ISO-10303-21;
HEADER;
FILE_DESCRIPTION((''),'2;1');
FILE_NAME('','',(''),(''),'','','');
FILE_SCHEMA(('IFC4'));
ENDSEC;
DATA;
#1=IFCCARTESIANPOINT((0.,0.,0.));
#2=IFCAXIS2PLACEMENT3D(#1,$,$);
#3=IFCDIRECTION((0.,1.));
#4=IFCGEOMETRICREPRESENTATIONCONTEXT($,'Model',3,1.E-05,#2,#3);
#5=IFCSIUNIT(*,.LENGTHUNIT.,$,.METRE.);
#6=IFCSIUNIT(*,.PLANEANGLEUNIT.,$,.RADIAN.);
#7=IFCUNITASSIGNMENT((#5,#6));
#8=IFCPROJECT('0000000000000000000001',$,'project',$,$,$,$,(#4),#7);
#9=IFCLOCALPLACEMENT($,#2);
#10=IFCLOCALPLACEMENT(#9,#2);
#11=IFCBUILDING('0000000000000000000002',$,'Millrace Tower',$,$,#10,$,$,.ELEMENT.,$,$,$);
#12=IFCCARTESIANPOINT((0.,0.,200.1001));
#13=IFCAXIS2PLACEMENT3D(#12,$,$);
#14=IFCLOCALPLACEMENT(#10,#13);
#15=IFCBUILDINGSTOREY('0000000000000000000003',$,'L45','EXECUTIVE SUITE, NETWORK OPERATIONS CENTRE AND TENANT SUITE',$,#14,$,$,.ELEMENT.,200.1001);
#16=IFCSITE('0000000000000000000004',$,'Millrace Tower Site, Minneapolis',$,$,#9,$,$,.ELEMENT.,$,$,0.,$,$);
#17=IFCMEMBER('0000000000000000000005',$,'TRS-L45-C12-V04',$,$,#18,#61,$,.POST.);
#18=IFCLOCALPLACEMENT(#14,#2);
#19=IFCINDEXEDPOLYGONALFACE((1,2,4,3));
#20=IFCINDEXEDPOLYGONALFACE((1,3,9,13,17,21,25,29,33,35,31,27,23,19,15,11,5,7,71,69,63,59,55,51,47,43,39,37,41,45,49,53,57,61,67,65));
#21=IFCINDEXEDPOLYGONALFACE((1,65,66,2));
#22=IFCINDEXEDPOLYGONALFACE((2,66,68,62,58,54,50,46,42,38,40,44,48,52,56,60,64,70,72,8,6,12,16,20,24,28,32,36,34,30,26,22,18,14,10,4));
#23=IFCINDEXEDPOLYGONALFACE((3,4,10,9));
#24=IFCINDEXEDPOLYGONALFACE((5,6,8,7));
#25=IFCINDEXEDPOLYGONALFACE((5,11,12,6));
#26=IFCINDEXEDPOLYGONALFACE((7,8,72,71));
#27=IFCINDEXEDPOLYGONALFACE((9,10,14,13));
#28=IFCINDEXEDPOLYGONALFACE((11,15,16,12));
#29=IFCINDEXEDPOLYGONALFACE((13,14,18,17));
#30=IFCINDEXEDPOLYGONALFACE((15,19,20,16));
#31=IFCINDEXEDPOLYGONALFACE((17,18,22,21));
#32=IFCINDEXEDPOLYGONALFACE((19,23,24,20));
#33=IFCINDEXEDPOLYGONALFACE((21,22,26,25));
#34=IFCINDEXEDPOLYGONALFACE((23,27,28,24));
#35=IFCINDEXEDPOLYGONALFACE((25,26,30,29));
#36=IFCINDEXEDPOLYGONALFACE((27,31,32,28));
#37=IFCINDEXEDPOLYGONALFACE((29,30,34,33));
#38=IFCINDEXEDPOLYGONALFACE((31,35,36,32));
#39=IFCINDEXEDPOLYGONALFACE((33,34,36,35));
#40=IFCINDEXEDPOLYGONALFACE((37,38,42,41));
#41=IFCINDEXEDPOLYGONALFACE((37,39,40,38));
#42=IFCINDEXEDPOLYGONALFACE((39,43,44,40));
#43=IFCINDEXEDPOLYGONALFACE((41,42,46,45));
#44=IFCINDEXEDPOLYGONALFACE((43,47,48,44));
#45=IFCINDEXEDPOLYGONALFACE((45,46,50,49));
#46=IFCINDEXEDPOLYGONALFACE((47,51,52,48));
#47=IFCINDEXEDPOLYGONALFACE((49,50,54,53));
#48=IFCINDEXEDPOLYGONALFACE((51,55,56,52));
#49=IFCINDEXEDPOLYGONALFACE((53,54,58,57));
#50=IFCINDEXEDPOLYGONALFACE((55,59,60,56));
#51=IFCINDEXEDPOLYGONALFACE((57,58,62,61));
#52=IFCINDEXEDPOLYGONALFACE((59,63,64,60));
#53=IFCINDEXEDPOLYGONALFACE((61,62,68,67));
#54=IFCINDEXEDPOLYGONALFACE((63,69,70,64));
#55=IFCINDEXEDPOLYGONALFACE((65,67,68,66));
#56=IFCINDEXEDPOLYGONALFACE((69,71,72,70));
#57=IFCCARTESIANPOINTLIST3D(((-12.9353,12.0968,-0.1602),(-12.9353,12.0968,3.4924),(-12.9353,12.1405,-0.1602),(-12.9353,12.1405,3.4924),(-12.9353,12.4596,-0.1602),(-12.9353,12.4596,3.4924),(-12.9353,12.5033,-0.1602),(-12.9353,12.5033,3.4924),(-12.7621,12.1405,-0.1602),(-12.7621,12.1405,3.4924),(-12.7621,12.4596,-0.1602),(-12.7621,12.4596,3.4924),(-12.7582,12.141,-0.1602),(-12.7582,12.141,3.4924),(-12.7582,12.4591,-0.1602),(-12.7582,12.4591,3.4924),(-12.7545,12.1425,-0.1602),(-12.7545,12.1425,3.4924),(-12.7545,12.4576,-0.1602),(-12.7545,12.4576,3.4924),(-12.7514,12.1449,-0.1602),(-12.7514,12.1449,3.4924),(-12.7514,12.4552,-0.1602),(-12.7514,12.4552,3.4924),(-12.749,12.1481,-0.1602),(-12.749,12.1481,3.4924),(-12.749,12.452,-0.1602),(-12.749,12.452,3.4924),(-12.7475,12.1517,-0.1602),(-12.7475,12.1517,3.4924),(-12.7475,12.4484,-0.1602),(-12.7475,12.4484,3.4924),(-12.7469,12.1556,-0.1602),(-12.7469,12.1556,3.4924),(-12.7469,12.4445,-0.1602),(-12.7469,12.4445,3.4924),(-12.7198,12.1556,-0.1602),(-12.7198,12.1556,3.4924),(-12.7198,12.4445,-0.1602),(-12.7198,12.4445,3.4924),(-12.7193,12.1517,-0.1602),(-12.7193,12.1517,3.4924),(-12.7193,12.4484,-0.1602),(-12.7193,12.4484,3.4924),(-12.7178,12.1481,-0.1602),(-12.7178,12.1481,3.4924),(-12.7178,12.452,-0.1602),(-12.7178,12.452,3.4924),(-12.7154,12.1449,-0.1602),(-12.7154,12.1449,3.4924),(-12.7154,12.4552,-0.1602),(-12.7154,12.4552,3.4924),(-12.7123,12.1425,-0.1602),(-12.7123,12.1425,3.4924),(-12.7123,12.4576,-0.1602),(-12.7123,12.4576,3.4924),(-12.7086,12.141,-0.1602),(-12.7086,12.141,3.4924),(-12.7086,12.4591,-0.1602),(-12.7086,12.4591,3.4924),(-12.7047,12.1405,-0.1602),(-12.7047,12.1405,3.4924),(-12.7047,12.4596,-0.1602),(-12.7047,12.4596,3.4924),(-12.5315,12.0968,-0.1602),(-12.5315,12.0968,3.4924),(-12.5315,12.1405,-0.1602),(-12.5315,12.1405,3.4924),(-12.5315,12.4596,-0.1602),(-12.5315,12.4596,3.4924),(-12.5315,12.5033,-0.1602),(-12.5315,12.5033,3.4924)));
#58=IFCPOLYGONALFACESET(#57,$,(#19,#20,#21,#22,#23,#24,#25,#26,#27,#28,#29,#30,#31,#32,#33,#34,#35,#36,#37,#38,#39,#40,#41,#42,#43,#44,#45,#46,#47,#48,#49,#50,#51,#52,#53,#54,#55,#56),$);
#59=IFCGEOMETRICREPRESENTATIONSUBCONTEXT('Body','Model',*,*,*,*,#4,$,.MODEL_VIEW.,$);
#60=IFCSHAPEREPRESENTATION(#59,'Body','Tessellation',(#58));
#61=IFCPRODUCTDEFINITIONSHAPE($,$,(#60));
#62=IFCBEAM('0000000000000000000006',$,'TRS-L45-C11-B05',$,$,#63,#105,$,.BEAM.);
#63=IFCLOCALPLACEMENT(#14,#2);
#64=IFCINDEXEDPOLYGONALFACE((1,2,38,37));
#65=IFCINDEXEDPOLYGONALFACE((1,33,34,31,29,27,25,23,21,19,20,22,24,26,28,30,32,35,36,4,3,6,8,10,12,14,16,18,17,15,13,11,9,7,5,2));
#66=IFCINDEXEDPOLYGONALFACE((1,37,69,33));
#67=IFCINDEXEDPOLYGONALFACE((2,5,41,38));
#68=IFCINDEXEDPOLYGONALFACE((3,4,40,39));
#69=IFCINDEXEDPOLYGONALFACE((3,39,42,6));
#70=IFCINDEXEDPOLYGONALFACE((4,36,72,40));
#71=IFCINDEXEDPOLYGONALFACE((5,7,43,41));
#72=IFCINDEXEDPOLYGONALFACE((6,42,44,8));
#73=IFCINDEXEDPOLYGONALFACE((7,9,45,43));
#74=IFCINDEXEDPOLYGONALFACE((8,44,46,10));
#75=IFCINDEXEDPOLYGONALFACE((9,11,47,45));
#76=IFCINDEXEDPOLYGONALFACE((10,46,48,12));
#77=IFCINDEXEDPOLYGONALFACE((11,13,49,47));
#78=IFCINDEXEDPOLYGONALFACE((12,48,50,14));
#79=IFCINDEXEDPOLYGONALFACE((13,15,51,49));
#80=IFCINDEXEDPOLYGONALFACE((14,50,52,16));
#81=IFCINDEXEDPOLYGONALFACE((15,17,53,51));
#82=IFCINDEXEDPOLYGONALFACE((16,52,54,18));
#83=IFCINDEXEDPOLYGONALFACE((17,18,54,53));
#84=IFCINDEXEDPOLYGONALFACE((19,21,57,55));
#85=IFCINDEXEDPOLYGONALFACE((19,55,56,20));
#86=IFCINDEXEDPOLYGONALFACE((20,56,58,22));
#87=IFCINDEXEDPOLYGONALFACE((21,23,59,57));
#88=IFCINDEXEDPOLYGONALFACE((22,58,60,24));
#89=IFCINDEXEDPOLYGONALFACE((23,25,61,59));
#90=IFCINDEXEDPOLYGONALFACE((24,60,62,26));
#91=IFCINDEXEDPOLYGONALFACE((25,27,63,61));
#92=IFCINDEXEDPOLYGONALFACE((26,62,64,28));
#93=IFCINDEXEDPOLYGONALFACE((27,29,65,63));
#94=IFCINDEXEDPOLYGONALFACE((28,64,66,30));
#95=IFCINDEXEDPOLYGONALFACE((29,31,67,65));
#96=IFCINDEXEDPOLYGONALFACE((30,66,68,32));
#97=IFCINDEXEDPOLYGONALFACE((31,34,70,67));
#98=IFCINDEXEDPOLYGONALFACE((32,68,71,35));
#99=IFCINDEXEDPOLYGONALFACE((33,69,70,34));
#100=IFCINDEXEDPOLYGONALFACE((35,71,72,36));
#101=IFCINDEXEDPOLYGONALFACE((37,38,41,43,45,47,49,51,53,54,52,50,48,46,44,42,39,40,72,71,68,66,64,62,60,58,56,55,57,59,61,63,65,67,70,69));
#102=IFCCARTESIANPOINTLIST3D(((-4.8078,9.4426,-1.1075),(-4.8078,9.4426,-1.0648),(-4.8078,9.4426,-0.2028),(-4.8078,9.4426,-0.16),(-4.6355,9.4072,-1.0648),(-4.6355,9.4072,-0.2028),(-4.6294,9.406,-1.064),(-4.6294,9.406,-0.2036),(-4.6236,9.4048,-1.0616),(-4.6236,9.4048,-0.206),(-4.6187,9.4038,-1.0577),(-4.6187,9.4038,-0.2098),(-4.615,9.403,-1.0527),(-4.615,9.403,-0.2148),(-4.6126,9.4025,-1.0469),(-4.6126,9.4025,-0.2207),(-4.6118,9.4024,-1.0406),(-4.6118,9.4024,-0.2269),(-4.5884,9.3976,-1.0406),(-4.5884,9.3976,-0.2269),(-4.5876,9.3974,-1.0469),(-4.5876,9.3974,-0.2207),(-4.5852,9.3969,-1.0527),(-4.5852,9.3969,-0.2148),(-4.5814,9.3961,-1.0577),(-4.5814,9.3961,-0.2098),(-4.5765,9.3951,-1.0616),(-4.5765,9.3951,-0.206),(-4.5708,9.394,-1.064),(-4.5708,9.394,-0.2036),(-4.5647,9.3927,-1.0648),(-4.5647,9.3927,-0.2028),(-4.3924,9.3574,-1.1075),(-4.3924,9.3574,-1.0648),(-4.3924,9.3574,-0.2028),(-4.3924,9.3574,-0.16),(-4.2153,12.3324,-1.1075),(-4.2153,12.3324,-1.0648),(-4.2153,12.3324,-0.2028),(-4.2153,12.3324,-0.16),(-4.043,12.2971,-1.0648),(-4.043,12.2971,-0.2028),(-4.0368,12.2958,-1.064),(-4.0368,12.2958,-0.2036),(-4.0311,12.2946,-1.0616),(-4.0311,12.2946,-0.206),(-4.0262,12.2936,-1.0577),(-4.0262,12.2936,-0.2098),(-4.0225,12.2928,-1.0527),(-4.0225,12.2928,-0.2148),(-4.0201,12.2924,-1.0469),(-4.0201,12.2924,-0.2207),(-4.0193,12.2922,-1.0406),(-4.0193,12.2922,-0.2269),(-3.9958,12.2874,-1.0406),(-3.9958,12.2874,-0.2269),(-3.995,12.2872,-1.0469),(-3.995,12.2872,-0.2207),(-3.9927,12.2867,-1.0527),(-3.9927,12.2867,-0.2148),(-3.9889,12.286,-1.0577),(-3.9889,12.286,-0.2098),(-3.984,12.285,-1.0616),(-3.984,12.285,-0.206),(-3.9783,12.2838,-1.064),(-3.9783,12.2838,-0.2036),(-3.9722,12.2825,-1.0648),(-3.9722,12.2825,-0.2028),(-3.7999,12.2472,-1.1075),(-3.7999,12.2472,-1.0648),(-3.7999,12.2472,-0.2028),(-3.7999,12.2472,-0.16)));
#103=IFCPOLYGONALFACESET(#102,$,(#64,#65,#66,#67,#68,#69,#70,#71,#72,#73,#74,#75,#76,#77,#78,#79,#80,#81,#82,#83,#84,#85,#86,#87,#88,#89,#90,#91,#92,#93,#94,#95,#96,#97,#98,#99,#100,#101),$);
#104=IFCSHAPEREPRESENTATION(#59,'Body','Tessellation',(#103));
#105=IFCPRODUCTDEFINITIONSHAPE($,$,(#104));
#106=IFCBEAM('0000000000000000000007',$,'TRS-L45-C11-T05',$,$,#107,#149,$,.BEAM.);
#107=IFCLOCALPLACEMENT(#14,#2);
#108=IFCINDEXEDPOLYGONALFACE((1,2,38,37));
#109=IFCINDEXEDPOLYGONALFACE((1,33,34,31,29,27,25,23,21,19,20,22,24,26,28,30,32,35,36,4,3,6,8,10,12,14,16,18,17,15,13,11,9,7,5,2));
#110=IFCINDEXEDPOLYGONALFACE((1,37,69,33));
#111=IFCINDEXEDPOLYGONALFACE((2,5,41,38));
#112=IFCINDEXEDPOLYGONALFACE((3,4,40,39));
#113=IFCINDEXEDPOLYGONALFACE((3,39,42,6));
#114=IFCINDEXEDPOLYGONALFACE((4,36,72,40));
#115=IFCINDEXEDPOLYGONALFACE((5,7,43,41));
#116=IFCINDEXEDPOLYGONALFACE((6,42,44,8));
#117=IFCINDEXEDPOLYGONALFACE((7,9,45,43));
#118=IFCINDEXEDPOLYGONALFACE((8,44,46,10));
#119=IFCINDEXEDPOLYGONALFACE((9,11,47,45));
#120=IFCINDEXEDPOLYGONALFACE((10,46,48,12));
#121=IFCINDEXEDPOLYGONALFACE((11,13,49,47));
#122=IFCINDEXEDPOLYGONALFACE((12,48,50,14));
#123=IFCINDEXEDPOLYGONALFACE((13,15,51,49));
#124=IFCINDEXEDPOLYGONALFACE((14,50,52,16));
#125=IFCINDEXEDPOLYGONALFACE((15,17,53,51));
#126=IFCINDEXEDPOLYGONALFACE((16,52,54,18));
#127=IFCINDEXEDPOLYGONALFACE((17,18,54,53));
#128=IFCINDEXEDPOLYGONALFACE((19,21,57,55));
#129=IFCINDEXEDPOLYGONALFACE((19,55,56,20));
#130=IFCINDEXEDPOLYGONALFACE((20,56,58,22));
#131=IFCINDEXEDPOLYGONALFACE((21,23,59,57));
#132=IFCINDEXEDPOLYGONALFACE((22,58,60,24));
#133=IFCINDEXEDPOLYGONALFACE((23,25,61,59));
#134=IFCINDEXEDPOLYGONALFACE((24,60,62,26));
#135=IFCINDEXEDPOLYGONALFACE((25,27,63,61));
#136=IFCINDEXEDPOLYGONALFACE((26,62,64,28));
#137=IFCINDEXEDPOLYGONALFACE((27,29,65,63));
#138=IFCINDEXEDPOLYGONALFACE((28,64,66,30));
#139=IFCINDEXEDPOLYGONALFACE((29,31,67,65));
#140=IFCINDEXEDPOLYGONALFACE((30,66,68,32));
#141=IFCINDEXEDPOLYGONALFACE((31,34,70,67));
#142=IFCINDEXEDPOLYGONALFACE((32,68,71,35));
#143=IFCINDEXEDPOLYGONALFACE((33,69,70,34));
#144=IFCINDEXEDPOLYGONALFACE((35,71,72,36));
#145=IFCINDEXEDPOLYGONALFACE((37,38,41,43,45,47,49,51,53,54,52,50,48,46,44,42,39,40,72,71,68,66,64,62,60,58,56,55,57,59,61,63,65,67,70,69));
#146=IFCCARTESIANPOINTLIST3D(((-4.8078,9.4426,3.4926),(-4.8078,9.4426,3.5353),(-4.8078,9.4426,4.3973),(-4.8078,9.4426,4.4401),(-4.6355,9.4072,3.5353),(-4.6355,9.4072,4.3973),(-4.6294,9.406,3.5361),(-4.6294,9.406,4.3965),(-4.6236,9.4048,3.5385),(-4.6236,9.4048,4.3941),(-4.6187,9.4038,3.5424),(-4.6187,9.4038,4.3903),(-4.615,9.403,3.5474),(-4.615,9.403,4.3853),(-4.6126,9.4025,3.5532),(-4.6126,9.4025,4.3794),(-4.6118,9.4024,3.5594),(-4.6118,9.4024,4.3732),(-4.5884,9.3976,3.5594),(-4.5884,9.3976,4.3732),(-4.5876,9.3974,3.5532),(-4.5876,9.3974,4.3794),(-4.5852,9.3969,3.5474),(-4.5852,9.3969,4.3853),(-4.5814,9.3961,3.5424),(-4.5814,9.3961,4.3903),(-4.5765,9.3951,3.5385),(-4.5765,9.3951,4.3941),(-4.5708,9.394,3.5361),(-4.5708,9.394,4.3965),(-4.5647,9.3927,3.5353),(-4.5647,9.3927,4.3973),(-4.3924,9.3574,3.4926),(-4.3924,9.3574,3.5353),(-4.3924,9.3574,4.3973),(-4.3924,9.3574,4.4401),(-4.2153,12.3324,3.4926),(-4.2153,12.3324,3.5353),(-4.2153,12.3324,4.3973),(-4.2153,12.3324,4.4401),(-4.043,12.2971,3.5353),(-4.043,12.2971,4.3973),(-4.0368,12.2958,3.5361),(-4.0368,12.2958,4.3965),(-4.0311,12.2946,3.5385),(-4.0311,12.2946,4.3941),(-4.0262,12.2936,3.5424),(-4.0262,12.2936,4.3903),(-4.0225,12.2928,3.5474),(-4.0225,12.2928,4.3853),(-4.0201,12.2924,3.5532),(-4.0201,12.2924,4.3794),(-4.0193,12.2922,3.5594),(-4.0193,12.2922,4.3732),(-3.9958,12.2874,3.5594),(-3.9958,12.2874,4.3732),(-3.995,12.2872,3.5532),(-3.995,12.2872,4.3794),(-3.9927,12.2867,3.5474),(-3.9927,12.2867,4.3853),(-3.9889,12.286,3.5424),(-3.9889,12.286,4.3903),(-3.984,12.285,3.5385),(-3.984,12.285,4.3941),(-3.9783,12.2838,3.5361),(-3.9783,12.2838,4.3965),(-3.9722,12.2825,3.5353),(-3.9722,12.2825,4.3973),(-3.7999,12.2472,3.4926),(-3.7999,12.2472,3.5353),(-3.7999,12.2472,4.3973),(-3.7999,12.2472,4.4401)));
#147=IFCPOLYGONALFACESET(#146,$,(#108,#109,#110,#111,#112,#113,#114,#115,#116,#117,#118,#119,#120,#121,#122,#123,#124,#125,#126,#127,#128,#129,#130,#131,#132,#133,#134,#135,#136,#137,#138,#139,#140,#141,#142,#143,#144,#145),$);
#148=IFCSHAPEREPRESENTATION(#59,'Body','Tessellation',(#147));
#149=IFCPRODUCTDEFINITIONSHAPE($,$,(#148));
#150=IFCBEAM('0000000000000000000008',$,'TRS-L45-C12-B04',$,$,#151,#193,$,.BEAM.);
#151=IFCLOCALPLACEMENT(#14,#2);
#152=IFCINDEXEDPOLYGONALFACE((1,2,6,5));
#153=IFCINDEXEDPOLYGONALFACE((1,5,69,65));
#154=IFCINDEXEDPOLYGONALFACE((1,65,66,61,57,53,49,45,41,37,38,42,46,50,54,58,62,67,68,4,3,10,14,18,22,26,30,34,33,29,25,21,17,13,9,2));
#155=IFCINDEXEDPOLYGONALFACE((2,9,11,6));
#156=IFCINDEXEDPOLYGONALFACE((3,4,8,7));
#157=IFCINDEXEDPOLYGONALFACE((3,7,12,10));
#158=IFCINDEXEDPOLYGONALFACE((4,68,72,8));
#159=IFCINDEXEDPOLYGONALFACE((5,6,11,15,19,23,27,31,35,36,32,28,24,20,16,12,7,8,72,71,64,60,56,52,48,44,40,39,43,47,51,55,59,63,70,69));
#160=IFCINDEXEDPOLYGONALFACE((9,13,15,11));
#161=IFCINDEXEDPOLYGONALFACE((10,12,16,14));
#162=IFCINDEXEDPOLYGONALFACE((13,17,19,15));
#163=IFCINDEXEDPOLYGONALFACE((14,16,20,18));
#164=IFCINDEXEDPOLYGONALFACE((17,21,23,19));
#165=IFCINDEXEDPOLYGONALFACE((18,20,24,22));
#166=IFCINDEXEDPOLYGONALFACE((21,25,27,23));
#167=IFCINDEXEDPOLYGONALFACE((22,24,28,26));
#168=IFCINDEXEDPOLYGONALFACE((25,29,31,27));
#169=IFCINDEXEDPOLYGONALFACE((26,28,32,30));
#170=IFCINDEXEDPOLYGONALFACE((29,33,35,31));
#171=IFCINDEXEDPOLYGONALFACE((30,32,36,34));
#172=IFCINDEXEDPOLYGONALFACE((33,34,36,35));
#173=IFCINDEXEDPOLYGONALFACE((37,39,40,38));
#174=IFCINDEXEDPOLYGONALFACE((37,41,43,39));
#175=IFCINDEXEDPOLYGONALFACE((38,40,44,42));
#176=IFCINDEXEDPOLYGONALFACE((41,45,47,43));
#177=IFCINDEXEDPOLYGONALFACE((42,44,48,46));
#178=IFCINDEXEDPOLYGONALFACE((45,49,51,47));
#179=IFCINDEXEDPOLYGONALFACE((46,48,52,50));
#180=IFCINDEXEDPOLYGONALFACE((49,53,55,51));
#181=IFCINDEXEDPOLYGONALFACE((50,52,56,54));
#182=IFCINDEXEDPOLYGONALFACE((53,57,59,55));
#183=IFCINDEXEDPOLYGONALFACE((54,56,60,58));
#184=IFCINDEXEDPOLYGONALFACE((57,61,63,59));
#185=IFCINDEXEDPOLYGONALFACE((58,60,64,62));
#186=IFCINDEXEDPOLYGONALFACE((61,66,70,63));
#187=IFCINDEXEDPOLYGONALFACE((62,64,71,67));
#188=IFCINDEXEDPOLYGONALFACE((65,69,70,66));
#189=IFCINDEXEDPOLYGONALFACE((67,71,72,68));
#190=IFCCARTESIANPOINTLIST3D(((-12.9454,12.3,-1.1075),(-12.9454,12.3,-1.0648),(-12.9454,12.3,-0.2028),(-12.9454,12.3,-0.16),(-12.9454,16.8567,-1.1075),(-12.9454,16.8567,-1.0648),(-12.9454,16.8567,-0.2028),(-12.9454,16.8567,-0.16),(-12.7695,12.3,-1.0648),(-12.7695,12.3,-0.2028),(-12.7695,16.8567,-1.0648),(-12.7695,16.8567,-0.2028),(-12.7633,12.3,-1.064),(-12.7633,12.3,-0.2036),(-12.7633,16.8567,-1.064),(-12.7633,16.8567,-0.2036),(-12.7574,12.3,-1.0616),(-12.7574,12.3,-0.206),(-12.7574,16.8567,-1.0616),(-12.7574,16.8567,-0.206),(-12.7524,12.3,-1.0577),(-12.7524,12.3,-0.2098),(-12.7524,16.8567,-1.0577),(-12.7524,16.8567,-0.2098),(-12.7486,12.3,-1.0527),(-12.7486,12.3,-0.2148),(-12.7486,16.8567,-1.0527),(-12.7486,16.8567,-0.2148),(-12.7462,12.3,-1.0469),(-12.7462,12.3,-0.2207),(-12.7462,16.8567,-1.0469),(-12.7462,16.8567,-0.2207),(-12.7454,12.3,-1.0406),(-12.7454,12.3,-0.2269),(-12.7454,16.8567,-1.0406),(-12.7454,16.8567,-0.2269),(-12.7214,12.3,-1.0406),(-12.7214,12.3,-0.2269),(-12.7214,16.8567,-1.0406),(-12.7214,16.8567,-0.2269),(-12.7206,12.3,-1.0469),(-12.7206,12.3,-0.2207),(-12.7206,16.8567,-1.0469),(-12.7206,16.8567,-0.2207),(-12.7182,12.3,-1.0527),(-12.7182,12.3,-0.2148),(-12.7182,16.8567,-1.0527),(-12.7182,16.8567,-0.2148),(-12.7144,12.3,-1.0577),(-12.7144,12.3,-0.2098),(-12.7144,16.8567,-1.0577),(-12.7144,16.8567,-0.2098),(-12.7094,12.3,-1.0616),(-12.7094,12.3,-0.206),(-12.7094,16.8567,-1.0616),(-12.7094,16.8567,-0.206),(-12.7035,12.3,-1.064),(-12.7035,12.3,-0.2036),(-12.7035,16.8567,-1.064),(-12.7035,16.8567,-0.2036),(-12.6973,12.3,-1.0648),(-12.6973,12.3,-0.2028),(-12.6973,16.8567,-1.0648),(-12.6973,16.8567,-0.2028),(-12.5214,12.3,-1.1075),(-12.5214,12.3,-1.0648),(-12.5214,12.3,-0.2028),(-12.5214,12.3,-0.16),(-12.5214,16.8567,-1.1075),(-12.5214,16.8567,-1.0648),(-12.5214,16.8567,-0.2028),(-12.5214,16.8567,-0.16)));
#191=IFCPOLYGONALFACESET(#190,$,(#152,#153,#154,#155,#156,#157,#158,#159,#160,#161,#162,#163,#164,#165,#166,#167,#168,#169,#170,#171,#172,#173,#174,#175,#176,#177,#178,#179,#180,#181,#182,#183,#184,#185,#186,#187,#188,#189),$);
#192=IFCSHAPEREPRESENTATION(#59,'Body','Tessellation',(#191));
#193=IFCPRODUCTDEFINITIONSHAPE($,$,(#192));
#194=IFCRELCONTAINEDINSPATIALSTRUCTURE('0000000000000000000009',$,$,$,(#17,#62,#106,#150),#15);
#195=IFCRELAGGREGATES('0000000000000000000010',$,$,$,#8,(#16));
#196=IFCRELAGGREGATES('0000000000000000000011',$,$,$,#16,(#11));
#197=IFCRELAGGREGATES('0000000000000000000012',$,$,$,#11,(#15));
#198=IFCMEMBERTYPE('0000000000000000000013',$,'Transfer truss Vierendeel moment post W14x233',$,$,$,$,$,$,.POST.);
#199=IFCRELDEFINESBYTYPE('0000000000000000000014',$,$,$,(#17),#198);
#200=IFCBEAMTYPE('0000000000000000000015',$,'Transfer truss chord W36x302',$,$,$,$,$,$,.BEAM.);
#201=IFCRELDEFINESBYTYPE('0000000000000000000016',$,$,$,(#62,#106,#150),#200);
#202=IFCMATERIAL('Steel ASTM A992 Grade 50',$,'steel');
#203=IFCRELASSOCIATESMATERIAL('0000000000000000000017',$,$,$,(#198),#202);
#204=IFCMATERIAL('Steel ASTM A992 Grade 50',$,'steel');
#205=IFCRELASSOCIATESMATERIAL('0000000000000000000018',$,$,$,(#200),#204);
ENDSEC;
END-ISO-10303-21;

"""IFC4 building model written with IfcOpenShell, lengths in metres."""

from ifc_helpers import new_model, si_unit, direction, frame, origin, origin_2d, place, context, subcontext, project, spatial, i_section, extrude, material, material_profile, profile_set, type_object, element, save


model = new_model("IFC4")

# Units and contexts
model_context = context("Model", 3, precision=1e-05, world=origin(), true_north=direction((0.0, 1.0)))
body_context = subcontext(model_context, "Body", "Model", "MODEL_VIEW")
ifc_project = project(units=[si_unit("LENGTHUNIT", "METRE"), si_unit("PLANEANGLEUNIT", "RADIAN")], contexts=[model_context])

# Site, building, storey
site_placement = place(None, origin())
site = spatial("IfcSite", under=ifc_project, at=site_placement, Name="Millrace Tower Site, Minneapolis", CompositionType="ELEMENT", RefElevation=0.0)
building_placement = place(site_placement, origin())
building = spatial("IfcBuilding", under=site, at=building_placement, Name="Millrace Tower", CompositionType="ELEMENT")
storey_placement = place(building_placement, frame((0.0, 0.0, 200.1001)))
storey = spatial("IfcBuildingStorey", under=building, at=storey_placement, Name="L45", Description="EXECUTIVE SUITE, NETWORK OPERATIONS CENTRE AND TENANT SUITE", CompositionType="ELEMENT", Elevation=200.1001)

# Member
ifc_material_1 = material(Name="Steel ASTM A992 Grade 50", Category="steel")
ifc_material_profile_1 = material_profile(ifc_material_1, i_section(OverallWidth=0.4038, OverallDepth=0.4065, WebThickness=0.0271, FlangeThickness=0.0437, FilletRadius=0.0151, at=origin_2d()))
ifc_profile_set_1 = profile_set([ifc_material_profile_1], Name="Steel ASTM A992 Grade 50")
member_type = type_object("IfcMemberType", Name="Transfer truss Vierendeel moment post W14x233", PredefinedType="POST", material=ifc_profile_set_1)
for number, where, z_axis, x_axis, name in (
    (1, (-12.7334, 12.3, -0.1602), (0.0, 0.0, 1.0), (1.0, 0.0, 0.0), "TRS-L45-C12-V04"),
):
    element("IfcMember", number, at=place(storey_placement, frame(where, z_axis=z_axis, x_axis=x_axis)), inside=storey, type_object=member_type, Name=name, PredefinedType="POST", context=body_context, shape_type="SweptSolid", body=[
        extrude(i_section(OverallWidth=0.4038, OverallDepth=0.4065, WebThickness=0.0271, FlangeThickness=0.0437, FilletRadius=0.0151, at=origin_2d()), origin(), (0.0, 0.0, 1.0), 3.6526),
    ])

# Beams
ifc_material_2 = material(Name="Steel ASTM A992 Grade 50", Category="steel")
ifc_material_profile_2 = material_profile(ifc_material_2, i_section(OverallWidth=0.4241, OverallDepth=0.9475, WebThickness=0.0239, FlangeThickness=0.0427, FilletRadius=0.0242, at=origin_2d()))
ifc_profile_set_2 = profile_set([ifc_material_profile_2], Name="Steel ASTM A992 Grade 50")
beam_type_1 = type_object("IfcBeamType", Name="Transfer truss chord W36x302", PredefinedType="BEAM", material=ifc_profile_set_2)
for number, where, z_axis, x_axis, name in (
    (2, (-4.0076, 12.2898, -0.6338), (-0.200857, -0.979621, 0.0), (0.979621, -0.200857, 0.0), "TRS-L45-C11-B05"),
    (3, (-4.0076, 12.2898, 3.9663), (-0.200857, -0.979621, 0.0), (0.979621, -0.200857, 0.0), "TRS-L45-C11-T05"),
):
    element("IfcBeam", number, at=place(storey_placement, frame(where, z_axis=z_axis, x_axis=x_axis)), inside=storey, type_object=beam_type_1, Name=name, PredefinedType="BEAM", context=body_context, shape_type="SweptSolid", body=[
        extrude(i_section(OverallWidth=0.4241, OverallDepth=0.9475, WebThickness=0.0239, FlangeThickness=0.0427, FilletRadius=0.0242, at=origin_2d()), origin(), (0.0, 0.0, 1.0), 2.95),
    ])
for number, where, z_axis, x_axis, name in (
    (4, (-12.7334, 16.8567, -0.6338), (0.0, -1.0, 0.0), (1.0, 0.0, 0.0), "TRS-L45-C12-B04"),
):
    element("IfcBeam", number, at=place(storey_placement, frame(where, z_axis=z_axis, x_axis=x_axis)), inside=storey, type_object=beam_type_1, Name=name, PredefinedType="BEAM", context=body_context, shape_type="SweptSolid", body=[
        extrude(i_section(OverallWidth=0.4241, OverallDepth=0.9475, WebThickness=0.0239, FlangeThickness=0.0427, FilletRadius=0.0242, at=origin_2d()), origin(), (0.0, 0.0, 1.0), 4.5566),
    ])

save(model, "model.ifc")
